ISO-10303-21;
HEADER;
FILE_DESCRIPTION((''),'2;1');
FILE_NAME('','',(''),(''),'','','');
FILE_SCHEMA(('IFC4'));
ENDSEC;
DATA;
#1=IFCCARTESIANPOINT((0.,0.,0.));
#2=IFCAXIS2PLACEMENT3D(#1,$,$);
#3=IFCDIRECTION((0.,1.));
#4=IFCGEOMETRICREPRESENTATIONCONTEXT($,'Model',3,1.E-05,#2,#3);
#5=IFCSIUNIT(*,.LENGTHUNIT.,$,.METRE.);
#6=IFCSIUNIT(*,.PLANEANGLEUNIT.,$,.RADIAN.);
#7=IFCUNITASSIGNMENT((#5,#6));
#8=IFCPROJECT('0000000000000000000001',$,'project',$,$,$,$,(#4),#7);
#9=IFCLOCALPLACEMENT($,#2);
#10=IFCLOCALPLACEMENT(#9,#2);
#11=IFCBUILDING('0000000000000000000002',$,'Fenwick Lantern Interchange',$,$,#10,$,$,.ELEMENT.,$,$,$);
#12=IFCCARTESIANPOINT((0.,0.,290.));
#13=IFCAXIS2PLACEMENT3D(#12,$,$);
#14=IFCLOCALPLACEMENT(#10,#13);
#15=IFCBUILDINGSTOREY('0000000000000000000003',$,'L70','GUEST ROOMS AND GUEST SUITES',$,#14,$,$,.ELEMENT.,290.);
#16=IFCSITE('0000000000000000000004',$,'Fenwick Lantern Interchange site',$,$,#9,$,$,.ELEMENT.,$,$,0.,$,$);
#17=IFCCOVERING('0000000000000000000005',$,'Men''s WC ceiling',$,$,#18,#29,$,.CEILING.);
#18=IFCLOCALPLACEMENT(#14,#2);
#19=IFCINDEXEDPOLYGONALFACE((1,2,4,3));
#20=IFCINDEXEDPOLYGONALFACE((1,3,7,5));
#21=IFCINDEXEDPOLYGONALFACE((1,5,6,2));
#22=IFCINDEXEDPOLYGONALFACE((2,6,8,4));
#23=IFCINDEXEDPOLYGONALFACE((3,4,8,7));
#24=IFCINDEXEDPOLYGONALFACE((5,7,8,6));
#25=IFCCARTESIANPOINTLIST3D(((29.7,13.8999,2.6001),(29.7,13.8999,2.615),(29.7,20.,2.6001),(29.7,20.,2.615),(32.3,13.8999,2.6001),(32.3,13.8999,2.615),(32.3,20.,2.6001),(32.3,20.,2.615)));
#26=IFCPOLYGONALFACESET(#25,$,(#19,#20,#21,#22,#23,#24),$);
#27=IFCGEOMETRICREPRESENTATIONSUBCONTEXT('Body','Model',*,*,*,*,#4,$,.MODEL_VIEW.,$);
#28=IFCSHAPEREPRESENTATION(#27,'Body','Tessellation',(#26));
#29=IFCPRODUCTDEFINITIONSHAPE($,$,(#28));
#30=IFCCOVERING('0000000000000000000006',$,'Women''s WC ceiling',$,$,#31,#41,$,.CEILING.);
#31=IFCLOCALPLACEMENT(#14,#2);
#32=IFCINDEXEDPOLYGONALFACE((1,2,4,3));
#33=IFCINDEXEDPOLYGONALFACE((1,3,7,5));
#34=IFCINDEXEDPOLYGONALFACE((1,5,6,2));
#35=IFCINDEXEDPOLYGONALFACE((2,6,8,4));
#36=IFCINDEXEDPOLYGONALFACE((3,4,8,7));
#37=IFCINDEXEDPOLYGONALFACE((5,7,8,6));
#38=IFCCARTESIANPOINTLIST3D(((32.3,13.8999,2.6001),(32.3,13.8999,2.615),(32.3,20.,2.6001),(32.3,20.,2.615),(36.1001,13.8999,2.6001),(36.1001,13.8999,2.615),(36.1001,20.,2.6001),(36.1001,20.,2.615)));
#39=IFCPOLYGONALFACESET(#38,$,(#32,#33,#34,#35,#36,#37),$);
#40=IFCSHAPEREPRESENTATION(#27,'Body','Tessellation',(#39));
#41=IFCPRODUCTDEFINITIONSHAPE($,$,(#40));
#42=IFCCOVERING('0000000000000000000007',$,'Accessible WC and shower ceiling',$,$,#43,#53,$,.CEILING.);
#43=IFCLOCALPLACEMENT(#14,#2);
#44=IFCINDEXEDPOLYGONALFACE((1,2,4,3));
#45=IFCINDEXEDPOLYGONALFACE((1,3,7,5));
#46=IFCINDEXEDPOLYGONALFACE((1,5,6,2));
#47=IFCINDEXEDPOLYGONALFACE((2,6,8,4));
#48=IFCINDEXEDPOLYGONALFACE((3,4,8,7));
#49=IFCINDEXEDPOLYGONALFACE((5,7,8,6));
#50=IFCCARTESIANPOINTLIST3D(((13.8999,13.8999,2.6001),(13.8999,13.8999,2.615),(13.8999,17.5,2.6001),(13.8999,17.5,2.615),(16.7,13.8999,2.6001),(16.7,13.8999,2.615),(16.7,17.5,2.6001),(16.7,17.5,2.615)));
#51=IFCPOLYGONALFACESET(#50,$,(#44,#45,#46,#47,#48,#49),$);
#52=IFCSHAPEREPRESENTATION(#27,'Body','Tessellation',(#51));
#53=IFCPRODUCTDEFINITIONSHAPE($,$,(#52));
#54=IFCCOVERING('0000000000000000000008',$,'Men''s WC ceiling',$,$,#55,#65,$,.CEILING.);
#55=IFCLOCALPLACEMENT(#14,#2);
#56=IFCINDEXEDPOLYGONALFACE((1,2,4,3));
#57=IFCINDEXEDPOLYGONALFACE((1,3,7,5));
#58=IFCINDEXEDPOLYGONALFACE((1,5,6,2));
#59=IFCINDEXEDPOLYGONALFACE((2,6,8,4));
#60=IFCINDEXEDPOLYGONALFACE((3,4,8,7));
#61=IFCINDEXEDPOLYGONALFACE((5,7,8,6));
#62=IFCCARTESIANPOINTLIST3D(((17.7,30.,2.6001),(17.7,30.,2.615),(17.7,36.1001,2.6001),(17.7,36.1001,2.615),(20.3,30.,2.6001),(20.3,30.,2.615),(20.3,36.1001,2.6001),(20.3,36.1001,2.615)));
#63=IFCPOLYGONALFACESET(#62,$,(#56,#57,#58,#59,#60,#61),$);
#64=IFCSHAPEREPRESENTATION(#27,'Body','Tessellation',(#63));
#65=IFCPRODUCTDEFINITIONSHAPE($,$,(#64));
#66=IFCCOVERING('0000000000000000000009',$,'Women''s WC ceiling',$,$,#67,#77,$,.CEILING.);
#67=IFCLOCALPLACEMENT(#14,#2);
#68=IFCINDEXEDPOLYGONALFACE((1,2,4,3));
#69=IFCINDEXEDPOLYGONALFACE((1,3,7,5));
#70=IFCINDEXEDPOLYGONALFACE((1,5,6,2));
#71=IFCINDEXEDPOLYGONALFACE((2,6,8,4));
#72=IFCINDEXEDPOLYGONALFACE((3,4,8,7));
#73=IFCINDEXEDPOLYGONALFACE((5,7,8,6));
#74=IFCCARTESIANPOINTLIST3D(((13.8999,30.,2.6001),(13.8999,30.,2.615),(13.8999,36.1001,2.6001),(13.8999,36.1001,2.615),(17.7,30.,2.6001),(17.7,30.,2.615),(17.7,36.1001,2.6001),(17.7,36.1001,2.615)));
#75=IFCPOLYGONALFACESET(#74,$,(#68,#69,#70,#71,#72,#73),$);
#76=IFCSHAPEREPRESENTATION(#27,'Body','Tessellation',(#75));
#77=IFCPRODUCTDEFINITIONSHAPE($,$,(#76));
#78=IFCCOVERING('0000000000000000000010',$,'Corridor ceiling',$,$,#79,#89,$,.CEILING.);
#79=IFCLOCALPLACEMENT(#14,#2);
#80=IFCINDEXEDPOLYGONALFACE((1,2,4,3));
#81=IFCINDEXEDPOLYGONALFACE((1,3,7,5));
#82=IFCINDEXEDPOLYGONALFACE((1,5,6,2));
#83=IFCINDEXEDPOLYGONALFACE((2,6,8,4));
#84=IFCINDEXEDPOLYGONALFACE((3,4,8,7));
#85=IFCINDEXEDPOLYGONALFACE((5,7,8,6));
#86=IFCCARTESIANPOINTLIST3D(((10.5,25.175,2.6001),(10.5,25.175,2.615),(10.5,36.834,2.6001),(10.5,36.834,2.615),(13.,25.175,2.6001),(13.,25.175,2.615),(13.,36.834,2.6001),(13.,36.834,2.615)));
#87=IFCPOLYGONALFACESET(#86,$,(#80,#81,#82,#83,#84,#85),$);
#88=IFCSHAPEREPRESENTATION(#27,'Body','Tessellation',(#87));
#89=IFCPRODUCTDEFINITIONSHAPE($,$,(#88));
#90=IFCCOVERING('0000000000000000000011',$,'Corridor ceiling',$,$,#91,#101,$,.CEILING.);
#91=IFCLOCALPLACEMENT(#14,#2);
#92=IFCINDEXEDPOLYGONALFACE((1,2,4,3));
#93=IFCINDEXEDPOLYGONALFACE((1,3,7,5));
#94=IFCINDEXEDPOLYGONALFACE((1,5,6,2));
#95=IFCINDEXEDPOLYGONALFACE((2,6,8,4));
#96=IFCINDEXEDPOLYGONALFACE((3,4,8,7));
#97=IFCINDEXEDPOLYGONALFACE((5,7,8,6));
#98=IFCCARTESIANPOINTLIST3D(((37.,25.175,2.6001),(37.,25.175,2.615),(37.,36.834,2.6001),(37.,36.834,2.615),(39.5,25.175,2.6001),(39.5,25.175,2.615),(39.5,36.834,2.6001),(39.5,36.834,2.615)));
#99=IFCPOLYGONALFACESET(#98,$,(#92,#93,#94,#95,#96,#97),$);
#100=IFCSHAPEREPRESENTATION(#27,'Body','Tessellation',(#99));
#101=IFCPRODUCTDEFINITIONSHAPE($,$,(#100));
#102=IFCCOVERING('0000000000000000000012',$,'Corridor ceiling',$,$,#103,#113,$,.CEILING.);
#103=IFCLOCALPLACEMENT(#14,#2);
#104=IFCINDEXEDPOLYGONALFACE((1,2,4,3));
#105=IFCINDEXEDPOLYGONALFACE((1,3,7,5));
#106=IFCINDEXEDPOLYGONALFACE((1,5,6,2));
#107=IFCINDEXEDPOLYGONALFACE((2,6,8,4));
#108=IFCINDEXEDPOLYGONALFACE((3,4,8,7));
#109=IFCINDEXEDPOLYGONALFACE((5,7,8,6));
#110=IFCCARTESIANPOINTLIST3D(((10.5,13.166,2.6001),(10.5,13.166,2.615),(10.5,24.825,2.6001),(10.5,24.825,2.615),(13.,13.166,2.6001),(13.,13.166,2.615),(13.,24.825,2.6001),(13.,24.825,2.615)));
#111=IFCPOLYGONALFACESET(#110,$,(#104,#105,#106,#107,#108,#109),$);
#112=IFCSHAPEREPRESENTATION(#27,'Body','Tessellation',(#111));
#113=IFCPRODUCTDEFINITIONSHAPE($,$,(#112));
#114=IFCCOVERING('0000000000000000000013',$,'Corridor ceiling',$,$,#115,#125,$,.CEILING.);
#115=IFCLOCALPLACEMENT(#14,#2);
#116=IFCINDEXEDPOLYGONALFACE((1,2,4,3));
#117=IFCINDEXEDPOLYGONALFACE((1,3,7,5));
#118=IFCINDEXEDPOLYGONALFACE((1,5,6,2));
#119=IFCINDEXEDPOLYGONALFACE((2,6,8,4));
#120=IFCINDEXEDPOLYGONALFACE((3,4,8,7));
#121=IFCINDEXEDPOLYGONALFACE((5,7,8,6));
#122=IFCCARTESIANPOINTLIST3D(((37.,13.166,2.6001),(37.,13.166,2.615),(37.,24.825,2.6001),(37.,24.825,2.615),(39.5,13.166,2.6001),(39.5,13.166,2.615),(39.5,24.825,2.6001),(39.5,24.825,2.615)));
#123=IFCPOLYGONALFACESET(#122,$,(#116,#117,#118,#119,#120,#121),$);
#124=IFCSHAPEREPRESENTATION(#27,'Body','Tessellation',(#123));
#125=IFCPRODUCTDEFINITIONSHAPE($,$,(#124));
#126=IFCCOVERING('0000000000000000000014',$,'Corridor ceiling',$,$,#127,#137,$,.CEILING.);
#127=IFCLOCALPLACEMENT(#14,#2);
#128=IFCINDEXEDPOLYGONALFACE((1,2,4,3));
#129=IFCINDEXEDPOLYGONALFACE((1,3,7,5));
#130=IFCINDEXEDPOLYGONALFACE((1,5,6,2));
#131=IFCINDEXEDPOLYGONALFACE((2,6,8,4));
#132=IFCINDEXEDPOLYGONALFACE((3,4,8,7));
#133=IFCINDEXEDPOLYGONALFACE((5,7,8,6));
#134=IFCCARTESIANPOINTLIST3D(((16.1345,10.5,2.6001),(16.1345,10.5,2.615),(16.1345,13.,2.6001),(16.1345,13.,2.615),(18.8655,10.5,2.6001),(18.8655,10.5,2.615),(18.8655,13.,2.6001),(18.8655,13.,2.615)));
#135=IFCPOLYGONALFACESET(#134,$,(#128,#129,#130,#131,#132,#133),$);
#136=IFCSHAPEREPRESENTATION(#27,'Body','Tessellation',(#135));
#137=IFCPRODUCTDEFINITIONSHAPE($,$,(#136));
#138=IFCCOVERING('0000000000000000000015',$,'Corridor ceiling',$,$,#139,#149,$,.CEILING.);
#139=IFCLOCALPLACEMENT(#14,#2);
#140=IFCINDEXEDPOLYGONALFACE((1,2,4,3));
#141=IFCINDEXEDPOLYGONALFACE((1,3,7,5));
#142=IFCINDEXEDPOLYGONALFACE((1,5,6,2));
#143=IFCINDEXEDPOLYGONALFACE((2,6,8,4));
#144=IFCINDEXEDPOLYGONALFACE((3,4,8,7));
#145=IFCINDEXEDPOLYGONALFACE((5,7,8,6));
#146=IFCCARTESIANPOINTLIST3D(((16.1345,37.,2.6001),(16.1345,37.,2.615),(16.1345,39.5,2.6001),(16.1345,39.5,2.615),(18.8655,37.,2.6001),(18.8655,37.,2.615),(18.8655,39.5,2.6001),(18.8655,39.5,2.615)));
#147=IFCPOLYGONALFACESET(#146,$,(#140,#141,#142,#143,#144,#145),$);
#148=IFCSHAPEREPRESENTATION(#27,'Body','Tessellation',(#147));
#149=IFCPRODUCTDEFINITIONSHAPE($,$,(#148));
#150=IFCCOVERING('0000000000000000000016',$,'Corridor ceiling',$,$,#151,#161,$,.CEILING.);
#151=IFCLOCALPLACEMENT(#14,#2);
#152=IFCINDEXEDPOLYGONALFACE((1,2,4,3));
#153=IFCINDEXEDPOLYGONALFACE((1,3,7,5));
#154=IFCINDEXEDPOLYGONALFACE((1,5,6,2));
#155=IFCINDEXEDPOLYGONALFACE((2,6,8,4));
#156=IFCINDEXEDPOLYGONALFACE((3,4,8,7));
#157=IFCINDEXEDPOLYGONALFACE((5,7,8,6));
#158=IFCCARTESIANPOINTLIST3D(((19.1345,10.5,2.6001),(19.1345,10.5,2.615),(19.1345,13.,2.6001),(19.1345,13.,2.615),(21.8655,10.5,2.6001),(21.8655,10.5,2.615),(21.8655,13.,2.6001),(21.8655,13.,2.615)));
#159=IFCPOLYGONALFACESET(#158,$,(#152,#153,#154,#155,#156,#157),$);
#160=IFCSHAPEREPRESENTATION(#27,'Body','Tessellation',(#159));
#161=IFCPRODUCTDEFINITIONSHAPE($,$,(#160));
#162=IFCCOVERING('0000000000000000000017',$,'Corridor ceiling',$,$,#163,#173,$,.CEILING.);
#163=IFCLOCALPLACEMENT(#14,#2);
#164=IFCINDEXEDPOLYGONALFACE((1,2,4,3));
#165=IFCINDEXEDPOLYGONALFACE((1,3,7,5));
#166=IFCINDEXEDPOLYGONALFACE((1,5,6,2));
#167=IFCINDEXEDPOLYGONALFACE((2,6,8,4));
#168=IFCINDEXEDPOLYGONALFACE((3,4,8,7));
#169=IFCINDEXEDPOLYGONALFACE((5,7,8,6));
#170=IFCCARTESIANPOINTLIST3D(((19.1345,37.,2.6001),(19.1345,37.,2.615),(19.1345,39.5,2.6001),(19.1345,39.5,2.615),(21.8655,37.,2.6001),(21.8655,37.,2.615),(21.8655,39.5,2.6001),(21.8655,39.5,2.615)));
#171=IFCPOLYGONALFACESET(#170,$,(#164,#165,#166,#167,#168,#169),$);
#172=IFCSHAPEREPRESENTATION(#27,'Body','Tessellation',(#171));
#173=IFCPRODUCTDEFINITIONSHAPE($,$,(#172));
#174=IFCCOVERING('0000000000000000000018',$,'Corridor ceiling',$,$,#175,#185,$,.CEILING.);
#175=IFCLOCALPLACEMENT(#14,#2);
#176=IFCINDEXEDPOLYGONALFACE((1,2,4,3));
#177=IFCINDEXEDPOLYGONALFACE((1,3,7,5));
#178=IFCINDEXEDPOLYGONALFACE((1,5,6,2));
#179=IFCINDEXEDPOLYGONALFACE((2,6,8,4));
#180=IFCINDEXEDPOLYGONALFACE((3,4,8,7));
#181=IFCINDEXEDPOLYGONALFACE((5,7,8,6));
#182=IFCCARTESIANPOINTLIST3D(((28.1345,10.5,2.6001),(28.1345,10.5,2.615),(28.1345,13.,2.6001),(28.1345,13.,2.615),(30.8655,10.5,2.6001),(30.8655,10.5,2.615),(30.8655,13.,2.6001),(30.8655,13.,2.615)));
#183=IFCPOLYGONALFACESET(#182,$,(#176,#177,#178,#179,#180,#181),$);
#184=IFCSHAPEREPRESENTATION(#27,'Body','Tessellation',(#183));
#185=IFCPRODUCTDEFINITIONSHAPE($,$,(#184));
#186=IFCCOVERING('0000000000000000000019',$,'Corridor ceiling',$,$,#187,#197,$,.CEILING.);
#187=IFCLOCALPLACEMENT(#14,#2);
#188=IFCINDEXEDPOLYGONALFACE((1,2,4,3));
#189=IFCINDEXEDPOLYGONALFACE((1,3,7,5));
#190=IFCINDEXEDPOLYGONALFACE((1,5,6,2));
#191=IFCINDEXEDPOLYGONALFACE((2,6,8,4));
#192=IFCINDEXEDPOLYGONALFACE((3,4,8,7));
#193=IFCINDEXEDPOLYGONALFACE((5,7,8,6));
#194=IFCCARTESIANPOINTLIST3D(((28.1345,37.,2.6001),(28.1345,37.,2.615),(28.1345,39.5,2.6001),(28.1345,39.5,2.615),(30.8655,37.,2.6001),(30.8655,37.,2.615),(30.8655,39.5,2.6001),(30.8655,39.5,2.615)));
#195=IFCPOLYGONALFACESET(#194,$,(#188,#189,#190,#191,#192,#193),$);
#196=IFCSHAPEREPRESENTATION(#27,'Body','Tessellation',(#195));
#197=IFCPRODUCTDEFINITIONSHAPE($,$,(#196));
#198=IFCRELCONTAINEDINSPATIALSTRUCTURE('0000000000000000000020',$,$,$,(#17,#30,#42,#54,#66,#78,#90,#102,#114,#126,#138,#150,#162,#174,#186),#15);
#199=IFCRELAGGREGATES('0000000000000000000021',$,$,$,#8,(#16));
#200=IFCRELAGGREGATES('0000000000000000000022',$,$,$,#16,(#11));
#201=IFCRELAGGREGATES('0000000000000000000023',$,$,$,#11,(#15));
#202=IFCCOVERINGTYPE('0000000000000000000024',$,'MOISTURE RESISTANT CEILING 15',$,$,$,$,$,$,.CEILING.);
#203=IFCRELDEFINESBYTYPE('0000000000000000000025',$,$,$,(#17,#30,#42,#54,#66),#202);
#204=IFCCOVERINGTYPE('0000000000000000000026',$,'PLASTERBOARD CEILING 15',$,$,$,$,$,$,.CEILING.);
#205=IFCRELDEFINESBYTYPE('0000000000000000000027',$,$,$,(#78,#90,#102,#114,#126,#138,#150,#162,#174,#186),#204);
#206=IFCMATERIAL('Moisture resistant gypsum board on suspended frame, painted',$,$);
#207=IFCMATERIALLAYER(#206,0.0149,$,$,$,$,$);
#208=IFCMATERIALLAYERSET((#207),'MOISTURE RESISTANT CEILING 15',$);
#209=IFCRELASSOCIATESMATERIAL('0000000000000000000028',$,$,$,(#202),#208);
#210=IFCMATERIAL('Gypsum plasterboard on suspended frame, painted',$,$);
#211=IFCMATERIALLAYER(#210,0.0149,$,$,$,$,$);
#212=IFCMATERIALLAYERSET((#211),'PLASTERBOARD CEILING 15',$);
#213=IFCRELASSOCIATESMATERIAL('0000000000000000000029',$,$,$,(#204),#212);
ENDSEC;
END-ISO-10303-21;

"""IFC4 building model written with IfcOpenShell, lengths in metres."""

from ifc_helpers import new_model, si_unit, direction, frame, origin, place, context, subcontext, project, spatial, polyline, outline, extrude, material, layer, layer_set, type_object, element, save


model = new_model("IFC4")

# Units and contexts
model_context = context("Model", 3, precision=1e-05, world=origin(), true_north=direction((0.0, 1.0)))
body_context = subcontext(model_context, "Body", "Model", "MODEL_VIEW")
ifc_project = project(units=[si_unit("LENGTHUNIT", "METRE"), si_unit("PLANEANGLEUNIT", "RADIAN")], contexts=[model_context])

# Site, building, storey
site_placement = place(None, origin())
site = spatial("IfcSite", under=ifc_project, at=site_placement, Name="Fenwick Lantern Interchange site", CompositionType="ELEMENT", RefElevation=0.0)
building_placement = place(site_placement, origin())
building = spatial("IfcBuilding", under=site, at=building_placement, Name="Fenwick Lantern Interchange", CompositionType="ELEMENT")
storey_placement = place(building_placement, frame((0.0, 0.0, 290.0)))
storey = spatial("IfcBuildingStorey", under=building, at=storey_placement, Name="L70", Description="GUEST ROOMS AND GUEST SUITES", CompositionType="ELEMENT", Elevation=290.0)

# Coverings
ifc_material_1 = material(Name="Moisture resistant gypsum board on suspended frame, painted")
ifc_layer_1 = layer(ifc_material_1, 0.0149)
ifc_layer_set_1 = layer_set([ifc_layer_1], Name="MOISTURE RESISTANT CEILING 15")
covering_type_1 = type_object("IfcCoveringType", Name="MOISTURE RESISTANT CEILING 15", PredefinedType="CEILING", material=ifc_layer_set_1)
covering_1_placement = place(storey_placement, frame((0.0, 0.0, 2.6001)))
element("IfcCovering", 1, at=covering_1_placement, inside=storey, type_object=covering_type_1, Name="Men's WC ceiling", PredefinedType="CEILING", context=body_context, shape_type="SweptSolid", body=[
    extrude(outline(polyline([(29.7, 13.8999), (32.3, 13.8999), (32.3, 20.0), (29.7, 20.0), (29.7, 13.8999)])), origin(), (0.0, 0.0, 1.0), 0.0149),
])
covering_2_placement = place(storey_placement, frame((0.0, 0.0, 2.6001)))
element("IfcCovering", 2, at=covering_2_placement, inside=storey, type_object=covering_type_1, Name="Women's WC ceiling", PredefinedType="CEILING", context=body_context, shape_type="SweptSolid", body=[
    extrude(outline(polyline([(32.3, 13.8999), (36.1001, 13.8999), (36.1001, 20.0), (32.3, 20.0), (32.3, 13.8999)])), origin(), (0.0, 0.0, 1.0), 0.0149),
])
covering_3_placement = place(storey_placement, frame((0.0, 0.0, 2.6001)))
element("IfcCovering", 3, at=covering_3_placement, inside=storey, type_object=covering_type_1, Name="Accessible WC and shower ceiling", PredefinedType="CEILING", context=body_context, shape_type="SweptSolid", body=[
    extrude(outline(polyline([(13.8999, 13.8999), (16.7, 13.8999), (16.7, 17.5), (13.8999, 17.5), (13.8999, 13.8999)])), origin(), (0.0, 0.0, 1.0), 0.0149),
])
covering_4_placement = place(storey_placement, frame((0.0, 0.0, 2.6001)))
element("IfcCovering", 4, at=covering_4_placement, inside=storey, type_object=covering_type_1, Name="Men's WC ceiling", PredefinedType="CEILING", context=body_context, shape_type="SweptSolid", body=[
    extrude(outline(polyline([(20.3, 36.1001), (17.7, 36.1001), (17.7, 30.0), (20.3, 30.0), (20.3, 36.1001)])), origin(), (0.0, 0.0, 1.0), 0.0149),
])
covering_5_placement = place(storey_placement, frame((0.0, 0.0, 2.6001)))
element("IfcCovering", 5, at=covering_5_placement, inside=storey, type_object=covering_type_1, Name="Women's WC ceiling", PredefinedType="CEILING", context=body_context, shape_type="SweptSolid", body=[
    extrude(outline(polyline([(17.7, 36.1001), (13.8999, 36.1001), (13.8999, 30.0), (17.7, 30.0), (17.7, 36.1001)])), origin(), (0.0, 0.0, 1.0), 0.0149),
])
ifc_material_2 = material(Name="Gypsum plasterboard on suspended frame, painted")
ifc_layer_2 = layer(ifc_material_2, 0.0149)
ifc_layer_set_2 = layer_set([ifc_layer_2], Name="PLASTERBOARD CEILING 15")
covering_type_2 = type_object("IfcCoveringType", Name="PLASTERBOARD CEILING 15", PredefinedType="CEILING", material=ifc_layer_set_2)
covering_6_placement = place(storey_placement, frame((0.0, 0.0, 2.6001)))
element("IfcCovering", 6, at=covering_6_placement, inside=storey, type_object=covering_type_2, Name="Corridor ceiling", PredefinedType="CEILING", context=body_context, shape_type="SweptSolid", body=[
    extrude(outline(polyline([(10.5, 36.834), (10.5, 25.175), (13.0, 25.175), (13.0, 36.834), (10.5, 36.834)])), origin(), (0.0, 0.0, 1.0), 0.0149),
])
covering_7_placement = place(storey_placement, frame((0.0, 0.0, 2.6001)))
element("IfcCovering", 7, at=covering_7_placement, inside=storey, type_object=covering_type_2, Name="Corridor ceiling", PredefinedType="CEILING", context=body_context, shape_type="SweptSolid", body=[
    extrude(outline(polyline([(39.5, 25.175), (39.5, 36.834), (37.0, 36.834), (37.0, 25.175), (39.5, 25.175)])), origin(), (0.0, 0.0, 1.0), 0.0149),
])
covering_8_placement = place(storey_placement, frame((0.0, 0.0, 2.6001)))
element("IfcCovering", 8, at=covering_8_placement, inside=storey, type_object=covering_type_2, Name="Corridor ceiling", PredefinedType="CEILING", context=body_context, shape_type="SweptSolid", body=[
    extrude(outline(polyline([(10.5, 24.825), (10.5, 13.166), (13.0, 13.166), (13.0, 24.825), (10.5, 24.825)])), origin(), (0.0, 0.0, 1.0), 0.0149),
])
covering_9_placement = place(storey_placement, frame((0.0, 0.0, 2.6001)))
element("IfcCovering", 9, at=covering_9_placement, inside=storey, type_object=covering_type_2, Name="Corridor ceiling", PredefinedType="CEILING", context=body_context, shape_type="SweptSolid", body=[
    extrude(outline(polyline([(39.5, 13.166), (39.5, 24.825), (37.0, 24.825), (37.0, 13.166), (39.5, 13.166)])), origin(), (0.0, 0.0, 1.0), 0.0149),
])
covering_10_placement = place(storey_placement, frame((0.0, 0.0, 2.6001)))
element("IfcCovering", 10, at=covering_10_placement, inside=storey, type_object=covering_type_2, Name="Corridor ceiling", PredefinedType="CEILING", context=body_context, shape_type="SweptSolid", body=[
    extrude(outline(polyline([(16.1345, 10.5), (18.8655, 10.5), (18.8655, 13.0), (16.1345, 13.0), (16.1345, 10.5)])), origin(), (0.0, 0.0, 1.0), 0.0149),
])
covering_11_placement = place(storey_placement, frame((0.0, 0.0, 2.6001)))
element("IfcCovering", 11, at=covering_11_placement, inside=storey, type_object=covering_type_2, Name="Corridor ceiling", PredefinedType="CEILING", context=body_context, shape_type="SweptSolid", body=[
    extrude(outline(polyline([(18.8655, 39.5), (16.1345, 39.5), (16.1345, 37.0), (18.8655, 37.0), (18.8655, 39.5)])), origin(), (0.0, 0.0, 1.0), 0.0149),
])
covering_12_placement = place(storey_placement, frame((0.0, 0.0, 2.6001)))
element("IfcCovering", 12, at=covering_12_placement, inside=storey, type_object=covering_type_2, Name="Corridor ceiling", PredefinedType="CEILING", context=body_context, shape_type="SweptSolid", body=[
    extrude(outline(polyline([(19.1345, 10.5), (21.8655, 10.5), (21.8655, 13.0), (19.1345, 13.0), (19.1345, 10.5)])), origin(), (0.0, 0.0, 1.0), 0.0149),
])
covering_13_placement = place(storey_placement, frame((0.0, 0.0, 2.6001)))
element("IfcCovering", 13, at=covering_13_placement, inside=storey, type_object=covering_type_2, Name="Corridor ceiling", PredefinedType="CEILING", context=body_context, shape_type="SweptSolid", body=[
    extrude(outline(polyline([(21.8655, 39.5), (19.1345, 39.5), (19.1345, 37.0), (21.8655, 37.0), (21.8655, 39.5)])), origin(), (0.0, 0.0, 1.0), 0.0149),
])
covering_14_placement = place(storey_placement, frame((0.0, 0.0, 2.6001)))
element("IfcCovering", 14, at=covering_14_placement, inside=storey, type_object=covering_type_2, Name="Corridor ceiling", PredefinedType="CEILING", context=body_context, shape_type="SweptSolid", body=[
    extrude(outline(polyline([(28.1345, 10.5), (30.8655, 10.5), (30.8655, 13.0), (28.1345, 13.0), (28.1345, 10.5)])), origin(), (0.0, 0.0, 1.0), 0.0149),
])
covering_15_placement = place(storey_placement, frame((0.0, 0.0, 2.6001)))
element("IfcCovering", 15, at=covering_15_placement, inside=storey, type_object=covering_type_2, Name="Corridor ceiling", PredefinedType="CEILING", context=body_context, shape_type="SweptSolid", body=[
    extrude(outline(polyline([(30.8655, 39.5), (28.1345, 39.5), (28.1345, 37.0), (30.8655, 37.0), (30.8655, 39.5)])), origin(), (0.0, 0.0, 1.0), 0.0149),
])

save(model, "model.ifc")
